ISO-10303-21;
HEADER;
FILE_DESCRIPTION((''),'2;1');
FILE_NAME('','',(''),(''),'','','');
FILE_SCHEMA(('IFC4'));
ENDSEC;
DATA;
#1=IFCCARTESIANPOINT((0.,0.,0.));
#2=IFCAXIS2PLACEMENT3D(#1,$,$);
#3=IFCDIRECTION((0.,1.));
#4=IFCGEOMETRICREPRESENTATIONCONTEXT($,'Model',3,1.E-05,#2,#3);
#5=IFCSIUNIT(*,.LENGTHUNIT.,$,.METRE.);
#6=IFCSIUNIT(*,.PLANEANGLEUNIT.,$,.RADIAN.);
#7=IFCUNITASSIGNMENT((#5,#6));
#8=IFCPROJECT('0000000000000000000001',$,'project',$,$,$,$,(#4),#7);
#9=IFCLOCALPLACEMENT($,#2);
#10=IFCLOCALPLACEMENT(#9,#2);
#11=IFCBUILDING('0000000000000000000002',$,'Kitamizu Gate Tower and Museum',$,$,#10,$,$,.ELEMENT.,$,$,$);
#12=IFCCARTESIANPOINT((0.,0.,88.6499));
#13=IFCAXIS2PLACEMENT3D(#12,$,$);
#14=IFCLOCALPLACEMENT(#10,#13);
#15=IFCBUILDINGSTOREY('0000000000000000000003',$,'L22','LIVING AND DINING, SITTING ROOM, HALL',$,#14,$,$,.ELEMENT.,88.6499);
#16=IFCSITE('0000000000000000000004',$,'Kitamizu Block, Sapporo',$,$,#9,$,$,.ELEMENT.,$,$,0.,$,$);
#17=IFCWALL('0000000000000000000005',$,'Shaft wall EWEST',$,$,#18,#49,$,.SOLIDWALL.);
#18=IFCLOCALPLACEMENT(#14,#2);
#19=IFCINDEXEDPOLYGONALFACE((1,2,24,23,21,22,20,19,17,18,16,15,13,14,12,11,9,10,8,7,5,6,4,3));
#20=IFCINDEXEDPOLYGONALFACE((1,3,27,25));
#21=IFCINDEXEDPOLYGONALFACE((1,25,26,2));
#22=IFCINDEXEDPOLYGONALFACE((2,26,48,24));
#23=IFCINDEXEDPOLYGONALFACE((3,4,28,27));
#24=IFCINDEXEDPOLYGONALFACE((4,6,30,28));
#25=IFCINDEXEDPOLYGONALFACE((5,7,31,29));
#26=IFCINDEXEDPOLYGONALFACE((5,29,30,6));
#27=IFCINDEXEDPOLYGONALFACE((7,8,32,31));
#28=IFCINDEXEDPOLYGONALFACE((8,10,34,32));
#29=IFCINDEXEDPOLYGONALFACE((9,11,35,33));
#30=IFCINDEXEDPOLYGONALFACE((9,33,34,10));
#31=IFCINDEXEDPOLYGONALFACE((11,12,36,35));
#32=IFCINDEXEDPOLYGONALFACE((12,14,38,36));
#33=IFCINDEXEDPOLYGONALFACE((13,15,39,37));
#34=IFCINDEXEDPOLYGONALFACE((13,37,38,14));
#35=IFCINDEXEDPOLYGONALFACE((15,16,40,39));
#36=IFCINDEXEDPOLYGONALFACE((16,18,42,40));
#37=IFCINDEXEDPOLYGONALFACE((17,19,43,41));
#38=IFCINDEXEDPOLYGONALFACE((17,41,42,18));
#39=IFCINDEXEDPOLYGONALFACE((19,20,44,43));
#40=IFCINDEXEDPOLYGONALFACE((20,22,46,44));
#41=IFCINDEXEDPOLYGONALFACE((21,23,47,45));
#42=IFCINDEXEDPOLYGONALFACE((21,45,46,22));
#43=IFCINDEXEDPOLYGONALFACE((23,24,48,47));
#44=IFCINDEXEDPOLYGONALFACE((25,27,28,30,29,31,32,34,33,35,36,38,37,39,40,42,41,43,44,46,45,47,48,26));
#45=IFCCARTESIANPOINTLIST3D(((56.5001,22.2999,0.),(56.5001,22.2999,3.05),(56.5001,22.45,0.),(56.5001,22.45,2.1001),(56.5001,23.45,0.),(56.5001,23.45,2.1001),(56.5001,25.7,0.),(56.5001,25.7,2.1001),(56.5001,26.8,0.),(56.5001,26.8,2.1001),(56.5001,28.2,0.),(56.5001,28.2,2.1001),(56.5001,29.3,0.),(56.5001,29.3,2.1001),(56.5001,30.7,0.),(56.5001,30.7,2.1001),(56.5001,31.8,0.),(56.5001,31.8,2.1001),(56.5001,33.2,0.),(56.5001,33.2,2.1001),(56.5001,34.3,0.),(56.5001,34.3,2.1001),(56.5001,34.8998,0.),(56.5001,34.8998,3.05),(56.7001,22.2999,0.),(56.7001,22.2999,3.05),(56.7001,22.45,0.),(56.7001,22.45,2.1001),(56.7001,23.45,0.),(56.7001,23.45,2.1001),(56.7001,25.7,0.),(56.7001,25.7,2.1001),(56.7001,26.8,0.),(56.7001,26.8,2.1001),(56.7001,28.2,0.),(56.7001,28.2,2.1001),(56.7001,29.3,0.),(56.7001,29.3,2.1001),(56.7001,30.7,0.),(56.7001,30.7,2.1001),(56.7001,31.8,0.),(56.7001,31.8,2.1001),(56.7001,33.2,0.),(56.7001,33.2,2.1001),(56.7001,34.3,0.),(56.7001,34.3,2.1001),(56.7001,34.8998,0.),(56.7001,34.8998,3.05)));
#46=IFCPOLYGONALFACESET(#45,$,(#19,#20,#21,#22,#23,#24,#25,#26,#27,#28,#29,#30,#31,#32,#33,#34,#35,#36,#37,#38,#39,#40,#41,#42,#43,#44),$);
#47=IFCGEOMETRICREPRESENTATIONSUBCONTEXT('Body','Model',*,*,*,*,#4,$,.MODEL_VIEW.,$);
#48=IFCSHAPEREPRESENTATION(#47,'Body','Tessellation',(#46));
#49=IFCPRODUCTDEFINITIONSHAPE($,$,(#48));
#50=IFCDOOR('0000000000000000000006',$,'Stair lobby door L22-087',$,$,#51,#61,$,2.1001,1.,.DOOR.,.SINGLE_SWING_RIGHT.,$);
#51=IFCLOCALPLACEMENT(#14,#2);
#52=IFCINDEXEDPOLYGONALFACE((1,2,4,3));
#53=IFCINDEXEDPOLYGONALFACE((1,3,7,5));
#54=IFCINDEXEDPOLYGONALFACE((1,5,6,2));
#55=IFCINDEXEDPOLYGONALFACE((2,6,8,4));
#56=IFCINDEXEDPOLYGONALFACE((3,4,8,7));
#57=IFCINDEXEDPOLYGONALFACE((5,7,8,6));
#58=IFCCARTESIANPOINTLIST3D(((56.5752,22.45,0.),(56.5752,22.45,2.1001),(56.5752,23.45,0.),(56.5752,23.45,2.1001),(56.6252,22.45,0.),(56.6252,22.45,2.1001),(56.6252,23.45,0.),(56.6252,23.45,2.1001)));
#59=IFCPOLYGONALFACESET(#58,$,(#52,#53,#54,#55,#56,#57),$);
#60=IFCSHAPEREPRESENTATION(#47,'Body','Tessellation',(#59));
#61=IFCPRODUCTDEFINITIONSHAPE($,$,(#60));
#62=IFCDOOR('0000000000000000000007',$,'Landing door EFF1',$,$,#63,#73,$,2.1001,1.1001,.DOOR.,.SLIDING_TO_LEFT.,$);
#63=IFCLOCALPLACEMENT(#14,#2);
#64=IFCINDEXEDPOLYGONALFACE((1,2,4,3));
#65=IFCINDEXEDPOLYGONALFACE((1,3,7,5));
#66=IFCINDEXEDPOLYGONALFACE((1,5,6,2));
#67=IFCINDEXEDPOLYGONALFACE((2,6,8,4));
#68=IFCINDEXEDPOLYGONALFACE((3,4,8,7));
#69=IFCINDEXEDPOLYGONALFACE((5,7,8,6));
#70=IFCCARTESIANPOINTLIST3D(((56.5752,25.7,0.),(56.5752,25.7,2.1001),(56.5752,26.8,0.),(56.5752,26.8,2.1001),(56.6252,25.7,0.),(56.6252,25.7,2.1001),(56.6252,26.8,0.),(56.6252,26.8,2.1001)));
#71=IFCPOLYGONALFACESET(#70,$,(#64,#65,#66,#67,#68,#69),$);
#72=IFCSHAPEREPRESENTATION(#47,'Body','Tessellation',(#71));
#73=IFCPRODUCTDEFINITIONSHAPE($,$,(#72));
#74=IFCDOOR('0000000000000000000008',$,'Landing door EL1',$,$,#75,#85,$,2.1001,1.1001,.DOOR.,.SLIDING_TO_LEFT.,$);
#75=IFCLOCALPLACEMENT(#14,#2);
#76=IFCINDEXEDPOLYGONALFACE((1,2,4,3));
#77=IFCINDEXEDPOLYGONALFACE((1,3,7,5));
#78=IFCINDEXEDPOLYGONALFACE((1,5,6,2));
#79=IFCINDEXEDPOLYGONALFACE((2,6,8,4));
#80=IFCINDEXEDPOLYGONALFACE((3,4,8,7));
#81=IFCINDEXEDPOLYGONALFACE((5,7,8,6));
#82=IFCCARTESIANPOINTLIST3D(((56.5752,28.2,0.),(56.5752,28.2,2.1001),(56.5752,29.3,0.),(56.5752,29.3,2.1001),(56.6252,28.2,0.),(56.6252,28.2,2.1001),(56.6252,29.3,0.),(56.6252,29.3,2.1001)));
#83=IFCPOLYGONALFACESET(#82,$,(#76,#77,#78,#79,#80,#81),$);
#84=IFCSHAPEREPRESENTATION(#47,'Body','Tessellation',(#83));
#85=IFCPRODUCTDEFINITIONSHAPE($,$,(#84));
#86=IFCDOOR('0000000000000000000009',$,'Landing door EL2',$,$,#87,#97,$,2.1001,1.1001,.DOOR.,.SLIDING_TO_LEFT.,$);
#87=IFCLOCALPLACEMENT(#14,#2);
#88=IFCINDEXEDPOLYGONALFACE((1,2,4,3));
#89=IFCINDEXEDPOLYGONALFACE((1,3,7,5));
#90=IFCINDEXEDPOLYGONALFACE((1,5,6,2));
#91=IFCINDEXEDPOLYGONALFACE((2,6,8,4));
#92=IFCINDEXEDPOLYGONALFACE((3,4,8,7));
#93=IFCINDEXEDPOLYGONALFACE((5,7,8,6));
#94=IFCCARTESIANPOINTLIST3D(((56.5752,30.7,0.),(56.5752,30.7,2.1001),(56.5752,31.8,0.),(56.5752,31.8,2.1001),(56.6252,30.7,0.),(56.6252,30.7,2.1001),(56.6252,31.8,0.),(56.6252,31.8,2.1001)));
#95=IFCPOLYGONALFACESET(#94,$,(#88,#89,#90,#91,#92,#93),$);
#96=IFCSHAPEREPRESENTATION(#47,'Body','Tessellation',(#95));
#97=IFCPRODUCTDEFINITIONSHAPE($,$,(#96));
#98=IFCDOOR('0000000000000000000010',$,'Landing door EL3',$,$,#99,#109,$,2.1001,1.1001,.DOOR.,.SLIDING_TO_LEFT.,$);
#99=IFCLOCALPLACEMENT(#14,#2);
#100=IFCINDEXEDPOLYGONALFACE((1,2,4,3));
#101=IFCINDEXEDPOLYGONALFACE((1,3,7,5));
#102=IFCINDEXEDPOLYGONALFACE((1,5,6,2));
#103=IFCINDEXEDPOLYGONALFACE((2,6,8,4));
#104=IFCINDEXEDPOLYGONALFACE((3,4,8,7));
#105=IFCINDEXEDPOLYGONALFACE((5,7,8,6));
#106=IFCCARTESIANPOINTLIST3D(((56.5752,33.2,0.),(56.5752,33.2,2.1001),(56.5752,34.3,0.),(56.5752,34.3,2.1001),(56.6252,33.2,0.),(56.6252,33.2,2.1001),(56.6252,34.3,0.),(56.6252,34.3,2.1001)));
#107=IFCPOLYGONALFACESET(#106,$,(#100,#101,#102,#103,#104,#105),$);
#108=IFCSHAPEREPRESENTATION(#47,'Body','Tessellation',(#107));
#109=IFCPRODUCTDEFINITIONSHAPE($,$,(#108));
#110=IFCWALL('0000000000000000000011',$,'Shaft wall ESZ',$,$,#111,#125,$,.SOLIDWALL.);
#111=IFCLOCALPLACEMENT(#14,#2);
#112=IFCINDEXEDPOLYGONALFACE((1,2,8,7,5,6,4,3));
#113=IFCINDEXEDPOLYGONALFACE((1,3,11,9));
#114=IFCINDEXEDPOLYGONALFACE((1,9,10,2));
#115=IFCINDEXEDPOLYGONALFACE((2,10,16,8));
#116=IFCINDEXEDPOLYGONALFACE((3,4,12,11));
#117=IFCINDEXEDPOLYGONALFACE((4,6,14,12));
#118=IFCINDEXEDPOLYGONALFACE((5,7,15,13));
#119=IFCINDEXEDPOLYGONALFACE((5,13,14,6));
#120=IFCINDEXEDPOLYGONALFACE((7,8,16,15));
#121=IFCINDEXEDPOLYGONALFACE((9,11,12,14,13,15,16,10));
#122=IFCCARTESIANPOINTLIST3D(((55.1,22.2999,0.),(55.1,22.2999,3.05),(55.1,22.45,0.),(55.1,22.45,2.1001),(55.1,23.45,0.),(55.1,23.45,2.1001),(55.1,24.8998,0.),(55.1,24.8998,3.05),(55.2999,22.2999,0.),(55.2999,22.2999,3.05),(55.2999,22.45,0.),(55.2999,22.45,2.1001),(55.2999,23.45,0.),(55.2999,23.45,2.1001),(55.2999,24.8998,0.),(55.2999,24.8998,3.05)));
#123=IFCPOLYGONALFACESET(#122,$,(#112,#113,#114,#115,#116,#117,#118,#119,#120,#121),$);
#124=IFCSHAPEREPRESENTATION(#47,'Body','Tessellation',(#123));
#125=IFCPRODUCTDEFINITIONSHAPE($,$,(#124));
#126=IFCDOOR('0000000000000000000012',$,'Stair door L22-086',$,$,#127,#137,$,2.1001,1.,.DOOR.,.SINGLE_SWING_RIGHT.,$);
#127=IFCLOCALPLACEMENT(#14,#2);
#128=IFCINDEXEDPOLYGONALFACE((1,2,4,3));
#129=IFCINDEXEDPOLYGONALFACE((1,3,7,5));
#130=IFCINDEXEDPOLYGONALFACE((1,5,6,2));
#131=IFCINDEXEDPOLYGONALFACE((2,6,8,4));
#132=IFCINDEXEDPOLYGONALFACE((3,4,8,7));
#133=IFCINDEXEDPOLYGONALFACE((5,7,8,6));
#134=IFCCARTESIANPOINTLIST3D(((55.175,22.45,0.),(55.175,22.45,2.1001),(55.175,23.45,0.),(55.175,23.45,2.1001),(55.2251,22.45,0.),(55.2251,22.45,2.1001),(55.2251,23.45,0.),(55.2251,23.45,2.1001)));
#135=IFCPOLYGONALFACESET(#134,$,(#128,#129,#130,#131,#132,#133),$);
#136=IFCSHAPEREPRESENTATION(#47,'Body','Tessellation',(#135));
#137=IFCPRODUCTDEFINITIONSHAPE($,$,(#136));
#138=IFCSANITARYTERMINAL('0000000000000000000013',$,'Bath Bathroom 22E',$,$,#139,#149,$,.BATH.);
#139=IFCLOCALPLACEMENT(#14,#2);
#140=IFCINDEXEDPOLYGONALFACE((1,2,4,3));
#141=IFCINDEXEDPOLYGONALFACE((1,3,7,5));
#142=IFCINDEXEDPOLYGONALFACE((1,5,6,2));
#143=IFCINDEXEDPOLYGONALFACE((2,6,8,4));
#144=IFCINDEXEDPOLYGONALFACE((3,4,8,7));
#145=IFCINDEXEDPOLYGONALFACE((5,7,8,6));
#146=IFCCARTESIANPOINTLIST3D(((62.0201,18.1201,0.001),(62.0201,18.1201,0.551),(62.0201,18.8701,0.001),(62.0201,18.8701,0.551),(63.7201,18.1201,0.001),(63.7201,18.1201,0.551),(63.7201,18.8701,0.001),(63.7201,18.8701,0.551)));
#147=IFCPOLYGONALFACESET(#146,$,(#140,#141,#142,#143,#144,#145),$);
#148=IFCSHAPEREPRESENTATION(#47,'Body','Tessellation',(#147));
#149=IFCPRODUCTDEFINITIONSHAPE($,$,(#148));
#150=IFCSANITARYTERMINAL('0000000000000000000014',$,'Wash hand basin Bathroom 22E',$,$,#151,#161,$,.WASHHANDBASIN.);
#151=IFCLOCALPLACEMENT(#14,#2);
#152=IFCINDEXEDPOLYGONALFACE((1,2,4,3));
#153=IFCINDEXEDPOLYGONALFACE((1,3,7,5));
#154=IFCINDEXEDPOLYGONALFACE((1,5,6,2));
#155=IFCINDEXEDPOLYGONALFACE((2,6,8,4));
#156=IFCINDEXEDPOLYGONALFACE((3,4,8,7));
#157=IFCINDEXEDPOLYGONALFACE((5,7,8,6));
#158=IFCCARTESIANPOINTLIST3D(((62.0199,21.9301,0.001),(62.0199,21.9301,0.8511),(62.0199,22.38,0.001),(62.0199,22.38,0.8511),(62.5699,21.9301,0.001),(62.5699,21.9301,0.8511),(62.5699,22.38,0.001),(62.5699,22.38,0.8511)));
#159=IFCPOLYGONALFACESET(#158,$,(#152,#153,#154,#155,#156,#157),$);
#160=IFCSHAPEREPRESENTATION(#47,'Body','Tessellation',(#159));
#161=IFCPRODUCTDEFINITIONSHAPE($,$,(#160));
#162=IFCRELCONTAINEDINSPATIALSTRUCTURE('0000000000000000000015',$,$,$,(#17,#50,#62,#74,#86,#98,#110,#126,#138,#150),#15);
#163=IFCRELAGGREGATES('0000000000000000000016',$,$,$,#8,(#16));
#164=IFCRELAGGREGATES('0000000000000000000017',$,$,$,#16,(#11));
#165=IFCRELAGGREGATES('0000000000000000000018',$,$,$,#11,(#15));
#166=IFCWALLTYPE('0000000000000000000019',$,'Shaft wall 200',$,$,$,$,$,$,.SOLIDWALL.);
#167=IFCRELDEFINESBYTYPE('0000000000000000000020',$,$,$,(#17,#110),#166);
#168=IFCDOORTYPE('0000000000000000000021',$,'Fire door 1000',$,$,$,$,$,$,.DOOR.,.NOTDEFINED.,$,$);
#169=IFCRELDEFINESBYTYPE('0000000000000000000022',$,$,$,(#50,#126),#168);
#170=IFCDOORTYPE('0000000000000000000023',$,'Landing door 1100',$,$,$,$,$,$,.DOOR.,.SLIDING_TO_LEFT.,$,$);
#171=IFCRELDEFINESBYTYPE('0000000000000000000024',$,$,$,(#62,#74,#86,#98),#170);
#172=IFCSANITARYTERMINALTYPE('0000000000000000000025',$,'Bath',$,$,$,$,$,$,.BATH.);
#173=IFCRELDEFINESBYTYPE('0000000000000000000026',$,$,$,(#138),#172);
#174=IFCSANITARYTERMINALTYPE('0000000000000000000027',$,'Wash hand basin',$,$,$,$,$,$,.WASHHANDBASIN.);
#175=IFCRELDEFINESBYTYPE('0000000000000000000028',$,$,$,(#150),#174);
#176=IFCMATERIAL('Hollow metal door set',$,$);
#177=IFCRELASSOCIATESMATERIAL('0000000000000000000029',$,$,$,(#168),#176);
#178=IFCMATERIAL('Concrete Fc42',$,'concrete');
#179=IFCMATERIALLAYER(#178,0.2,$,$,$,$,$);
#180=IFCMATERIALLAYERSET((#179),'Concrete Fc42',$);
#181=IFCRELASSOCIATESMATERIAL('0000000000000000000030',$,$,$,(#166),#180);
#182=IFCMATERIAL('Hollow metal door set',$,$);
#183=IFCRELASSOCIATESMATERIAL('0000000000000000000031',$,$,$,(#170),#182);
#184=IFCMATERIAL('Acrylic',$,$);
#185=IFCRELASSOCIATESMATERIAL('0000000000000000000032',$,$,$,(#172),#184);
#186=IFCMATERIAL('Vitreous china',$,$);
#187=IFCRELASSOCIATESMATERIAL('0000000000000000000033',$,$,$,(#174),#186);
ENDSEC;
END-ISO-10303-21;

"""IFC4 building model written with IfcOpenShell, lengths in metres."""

from ifc_helpers import new_model, si_unit, direction, frame, frame_2d, origin, origin_2d, place, context, subcontext, project, spatial, rectangle, extrude, material, layer, layer_set, type_object, element, fill, save


model = new_model("IFC4")

# Units and contexts
model_context = context("Model", 3, precision=1e-05, world=origin(), true_north=direction((0.0, 1.0)))
body_context = subcontext(model_context, "Body", "Model", "MODEL_VIEW")
ifc_project = project(units=[si_unit("LENGTHUNIT", "METRE"), si_unit("PLANEANGLEUNIT", "RADIAN")], contexts=[model_context])

# Site, building, storey
site_placement = place(None, origin())
site = spatial("IfcSite", under=ifc_project, at=site_placement, Name="Kitamizu Block, Sapporo", CompositionType="ELEMENT", RefElevation=0.0)
building_placement = place(site_placement, origin())
building = spatial("IfcBuilding", under=site, at=building_placement, Name="Kitamizu Gate Tower and Museum", CompositionType="ELEMENT")
storey_placement = place(building_placement, frame((0.0, 0.0, 88.6499)))
storey = spatial("IfcBuildingStorey", under=building, at=storey_placement, Name="L22", Description="LIVING AND DINING, SITTING ROOM, HALL", CompositionType="ELEMENT", Elevation=88.6499)

# Shared definitions
ifc_material_1 = material(Name="Hollow metal door set")
door_type_1 = type_object("IfcDoorType", Name="Fire door 1000", OperationType="NOTDEFINED", PredefinedType="DOOR", material=ifc_material_1)

# Wall, openings, doors
ifc_material_2 = material(Name="Concrete Fc42", Category="concrete")
ifc_layer_1 = layer(ifc_material_2, 0.2)
ifc_layer_set_1 = layer_set([ifc_layer_1], Name="Concrete Fc42")
wall_type_1 = type_object("IfcWallType", Name="Shaft wall 200", PredefinedType="SOLIDWALL", material=ifc_layer_set_1)
wall_1_placement = place(storey_placement, frame((56.6001, 22.3, 0.0), z_axis=(0.0, 0.0, 1.0), x_axis=(0.0, 1.0, 0.0)))
wall_1 = element("IfcWall", 1, at=wall_1_placement, inside=storey, type_object=wall_type_1, Name="Shaft wall EWEST", PredefinedType="SOLIDWALL", context=body_context, shape_type="SweptSolid", body=[
    extrude(rectangle(XDim=12.5999, YDim=0.2, at=frame_2d((6.2998, 0.0))), origin(), (0.0, 0.0, 1.0), 3.05),
])
opening_1_placement = place(wall_1_placement, frame((3.3999, 0.0, 0.0)))
opening_1 = element("IfcOpeningElement", 2, at=opening_1_placement, cuts=wall_1, PredefinedType="OPENING", context=body_context, shape_type="SweptSolid", body=[
    extrude(rectangle(XDim=1.1001, YDim=2.1001, at=frame_2d((0.55, 1.05))), frame((0.0, 0.1099, 0.0), z_axis=(0.0, -1.0, 0.0), x_axis=(1.0, 0.0, 0.0)), (0.0, 0.0, 1.0), 0.22),
])
opening_2_placement = place(wall_1_placement, frame((5.8999, 0.0, 0.0)))
opening_2 = element("IfcOpeningElement", 3, at=opening_2_placement, cuts=wall_1, PredefinedType="OPENING", context=body_context, shape_type="SweptSolid", body=[
    extrude(rectangle(XDim=1.1001, YDim=2.1001, at=frame_2d((0.55, 1.05))), frame((0.0, 0.1099, 0.0), z_axis=(0.0, -1.0, 0.0), x_axis=(1.0, 0.0, 0.0)), (0.0, 0.0, 1.0), 0.22),
])
opening_3_placement = place(wall_1_placement, frame((8.3999, 0.0, 0.0)))
opening_3 = element("IfcOpeningElement", 4, at=opening_3_placement, cuts=wall_1, PredefinedType="OPENING", context=body_context, shape_type="SweptSolid", body=[
    extrude(rectangle(XDim=1.1001, YDim=2.1001, at=frame_2d((0.55, 1.05))), frame((0.0, 0.1099, 0.0), z_axis=(0.0, -1.0, 0.0), x_axis=(1.0, 0.0, 0.0)), (0.0, 0.0, 1.0), 0.22),
])
opening_4_placement = place(wall_1_placement, frame((10.8999, 0.0, 0.0)))
opening_4 = element("IfcOpeningElement", 5, at=opening_4_placement, cuts=wall_1, PredefinedType="OPENING", context=body_context, shape_type="SweptSolid", body=[
    extrude(rectangle(XDim=1.1001, YDim=2.1001, at=frame_2d((0.55, 1.05))), frame((0.0, 0.1099, 0.0), z_axis=(0.0, -1.0, 0.0), x_axis=(1.0, 0.0, 0.0)), (0.0, 0.0, 1.0), 0.22),
])
opening_5_placement = place(wall_1_placement, frame((0.1499, 0.0, 0.0)))
opening_5 = element("IfcOpeningElement", 6, at=opening_5_placement, cuts=wall_1, PredefinedType="OPENING", context=body_context, shape_type="SweptSolid", body=[
    extrude(rectangle(XDim=1.0, YDim=2.1001, at=frame_2d((0.5, 1.05))), frame((0.0, 0.1099, 0.0), z_axis=(0.0, -1.0, 0.0), x_axis=(1.0, 0.0, 0.0)), (0.0, 0.0, 1.0), 0.22),
])
door_1_placement = place(opening_5_placement, origin())
door_1 = element("IfcDoor", 7, at=door_1_placement, inside=storey, type_object=door_type_1, Name="Stair lobby door L22-087", OperationType="SINGLE_SWING_RIGHT", OverallHeight=2.1001, OverallWidth=1.0, PredefinedType="DOOR", context=body_context, shape_type="SweptSolid", body=[
    extrude(rectangle(XDim=1.0, YDim=2.1001, at=frame_2d((0.5, 1.05))), frame((0.0, 0.0249, 0.0), z_axis=(0.0, -1.0, 0.0), x_axis=(1.0, 0.0, 0.0)), (0.0, 0.0, 1.0), 0.05),
])
fill(opening_5, door_1)
ifc_material_3 = material(Name="Hollow metal door set")
door_type_2 = type_object("IfcDoorType", Name="Landing door 1100", OperationType="SLIDING_TO_LEFT", PredefinedType="DOOR", material=ifc_material_3)
door_2_placement = place(opening_1_placement, origin())
door_2 = element("IfcDoor", 8, at=door_2_placement, inside=storey, type_object=door_type_2, Name="Landing door EFF1", OperationType="SLIDING_TO_LEFT", OverallHeight=2.1001, OverallWidth=1.1001, PredefinedType="DOOR", context=body_context, shape_type="SweptSolid", body=[
    extrude(rectangle(XDim=1.1001, YDim=2.1001, at=frame_2d((0.55, 1.05))), frame((0.0, 0.0249, 0.0), z_axis=(0.0, -1.0, 0.0), x_axis=(1.0, 0.0, 0.0)), (0.0, 0.0, 1.0), 0.05),
])
fill(opening_1, door_2)
door_3_placement = place(opening_2_placement, origin())
door_3 = element("IfcDoor", 9, at=door_3_placement, inside=storey, type_object=door_type_2, Name="Landing door EL1", OperationType="SLIDING_TO_LEFT", OverallHeight=2.1001, OverallWidth=1.1001, PredefinedType="DOOR", context=body_context, shape_type="SweptSolid", body=[
    extrude(rectangle(XDim=1.1001, YDim=2.1001, at=frame_2d((0.55, 1.05))), frame((0.0, 0.0249, 0.0), z_axis=(0.0, -1.0, 0.0), x_axis=(1.0, 0.0, 0.0)), (0.0, 0.0, 1.0), 0.05),
])
fill(opening_2, door_3)
door_4_placement = place(opening_3_placement, origin())
door_4 = element("IfcDoor", 10, at=door_4_placement, inside=storey, type_object=door_type_2, Name="Landing door EL2", OperationType="SLIDING_TO_LEFT", OverallHeight=2.1001, OverallWidth=1.1001, PredefinedType="DOOR", context=body_context, shape_type="SweptSolid", body=[
    extrude(rectangle(XDim=1.1001, YDim=2.1001, at=frame_2d((0.55, 1.05))), frame((0.0, 0.0249, 0.0), z_axis=(0.0, -1.0, 0.0), x_axis=(1.0, 0.0, 0.0)), (0.0, 0.0, 1.0), 0.05),
])
fill(opening_3, door_4)
door_5_placement = place(opening_4_placement, origin())
door_5 = element("IfcDoor", 11, at=door_5_placement, inside=storey, type_object=door_type_2, Name="Landing door EL3", OperationType="SLIDING_TO_LEFT", OverallHeight=2.1001, OverallWidth=1.1001, PredefinedType="DOOR", context=body_context, shape_type="SweptSolid", body=[
    extrude(rectangle(XDim=1.1001, YDim=2.1001, at=frame_2d((0.55, 1.05))), frame((0.0, 0.0249, 0.0), z_axis=(0.0, -1.0, 0.0), x_axis=(1.0, 0.0, 0.0)), (0.0, 0.0, 1.0), 0.05),
])
fill(opening_4, door_5)

# Wall, opening, door
wall_2_placement = place(storey_placement, frame((55.2, 22.3, 0.0), z_axis=(0.0, 0.0, 1.0), x_axis=(0.0, 1.0, 0.0)))
wall_2 = element("IfcWall", 12, at=wall_2_placement, inside=storey, type_object=wall_type_1, Name="Shaft wall ESZ", PredefinedType="SOLIDWALL", context=body_context, shape_type="SweptSolid", body=[
    extrude(rectangle(XDim=2.5999, YDim=0.2, at=frame_2d((1.2998, 0.0))), origin(), (0.0, 0.0, 1.0), 3.05),
])
opening_6_placement = place(wall_2_placement, frame((0.1499, 0.0, 0.0)))
opening_6 = element("IfcOpeningElement", 13, at=opening_6_placement, cuts=wall_2, PredefinedType="OPENING", context=body_context, shape_type="SweptSolid", body=[
    extrude(rectangle(XDim=1.0, YDim=2.1001, at=frame_2d((0.5, 1.05))), frame((0.0, 0.1099, 0.0), z_axis=(0.0, -1.0, 0.0), x_axis=(1.0, 0.0, 0.0)), (0.0, 0.0, 1.0), 0.22),
])
door_6_placement = place(opening_6_placement, origin())
door_6 = element("IfcDoor", 14, at=door_6_placement, inside=storey, type_object=door_type_1, Name="Stair door L22-086", OperationType="SINGLE_SWING_RIGHT", OverallHeight=2.1001, OverallWidth=1.0, PredefinedType="DOOR", context=body_context, shape_type="SweptSolid", body=[
    extrude(rectangle(XDim=1.0, YDim=2.1001, at=frame_2d((0.5, 1.05))), frame((0.0, 0.0249, 0.0), z_axis=(0.0, -1.0, 0.0), x_axis=(1.0, 0.0, 0.0)), (0.0, 0.0, 1.0), 0.05),
])
fill(opening_6, door_6)

# Sanitary terminals
ifc_material_4 = material(Name="Acrylic")
sanitary_terminal_type_1 = type_object("IfcSanitaryTerminalType", Name="Bath", PredefinedType="BATH", material=ifc_material_4)
sanitary_terminal_1_placement = place(storey_placement, frame((62.8701, 18.4951, 0.001), z_axis=(0.0, 0.0, 1.0), x_axis=(1.0, 0.0, 0.0)))
element("IfcSanitaryTerminal", 15, at=sanitary_terminal_1_placement, inside=storey, type_object=sanitary_terminal_type_1, Name="Bath Bathroom 22E", PredefinedType="BATH", context=body_context, shape_type="SweptSolid", body=[
    extrude(rectangle(XDim=1.7, YDim=0.75, at=origin_2d()), origin(), (0.0, 0.0, 1.0), 0.55),
])
ifc_material_5 = material(Name="Vitreous china")
sanitary_terminal_type_2 = type_object("IfcSanitaryTerminalType", Name="Wash hand basin", PredefinedType="WASHHANDBASIN", material=ifc_material_5)
sanitary_terminal_2_placement = place(storey_placement, frame((62.2949, 22.155, 0.001), z_axis=(0.0, 0.0, 1.0), x_axis=(1.0, 0.0, 0.0)))
element("IfcSanitaryTerminal", 16, at=sanitary_terminal_2_placement, inside=storey, type_object=sanitary_terminal_type_2, Name="Wash hand basin Bathroom 22E", PredefinedType="WASHHANDBASIN", context=body_context, shape_type="SweptSolid", body=[
    extrude(rectangle(XDim=0.55, YDim=0.45, at=origin_2d()), origin(), (0.0, 0.0, 1.0), 0.8501),
])

save(model, "model.ifc")
